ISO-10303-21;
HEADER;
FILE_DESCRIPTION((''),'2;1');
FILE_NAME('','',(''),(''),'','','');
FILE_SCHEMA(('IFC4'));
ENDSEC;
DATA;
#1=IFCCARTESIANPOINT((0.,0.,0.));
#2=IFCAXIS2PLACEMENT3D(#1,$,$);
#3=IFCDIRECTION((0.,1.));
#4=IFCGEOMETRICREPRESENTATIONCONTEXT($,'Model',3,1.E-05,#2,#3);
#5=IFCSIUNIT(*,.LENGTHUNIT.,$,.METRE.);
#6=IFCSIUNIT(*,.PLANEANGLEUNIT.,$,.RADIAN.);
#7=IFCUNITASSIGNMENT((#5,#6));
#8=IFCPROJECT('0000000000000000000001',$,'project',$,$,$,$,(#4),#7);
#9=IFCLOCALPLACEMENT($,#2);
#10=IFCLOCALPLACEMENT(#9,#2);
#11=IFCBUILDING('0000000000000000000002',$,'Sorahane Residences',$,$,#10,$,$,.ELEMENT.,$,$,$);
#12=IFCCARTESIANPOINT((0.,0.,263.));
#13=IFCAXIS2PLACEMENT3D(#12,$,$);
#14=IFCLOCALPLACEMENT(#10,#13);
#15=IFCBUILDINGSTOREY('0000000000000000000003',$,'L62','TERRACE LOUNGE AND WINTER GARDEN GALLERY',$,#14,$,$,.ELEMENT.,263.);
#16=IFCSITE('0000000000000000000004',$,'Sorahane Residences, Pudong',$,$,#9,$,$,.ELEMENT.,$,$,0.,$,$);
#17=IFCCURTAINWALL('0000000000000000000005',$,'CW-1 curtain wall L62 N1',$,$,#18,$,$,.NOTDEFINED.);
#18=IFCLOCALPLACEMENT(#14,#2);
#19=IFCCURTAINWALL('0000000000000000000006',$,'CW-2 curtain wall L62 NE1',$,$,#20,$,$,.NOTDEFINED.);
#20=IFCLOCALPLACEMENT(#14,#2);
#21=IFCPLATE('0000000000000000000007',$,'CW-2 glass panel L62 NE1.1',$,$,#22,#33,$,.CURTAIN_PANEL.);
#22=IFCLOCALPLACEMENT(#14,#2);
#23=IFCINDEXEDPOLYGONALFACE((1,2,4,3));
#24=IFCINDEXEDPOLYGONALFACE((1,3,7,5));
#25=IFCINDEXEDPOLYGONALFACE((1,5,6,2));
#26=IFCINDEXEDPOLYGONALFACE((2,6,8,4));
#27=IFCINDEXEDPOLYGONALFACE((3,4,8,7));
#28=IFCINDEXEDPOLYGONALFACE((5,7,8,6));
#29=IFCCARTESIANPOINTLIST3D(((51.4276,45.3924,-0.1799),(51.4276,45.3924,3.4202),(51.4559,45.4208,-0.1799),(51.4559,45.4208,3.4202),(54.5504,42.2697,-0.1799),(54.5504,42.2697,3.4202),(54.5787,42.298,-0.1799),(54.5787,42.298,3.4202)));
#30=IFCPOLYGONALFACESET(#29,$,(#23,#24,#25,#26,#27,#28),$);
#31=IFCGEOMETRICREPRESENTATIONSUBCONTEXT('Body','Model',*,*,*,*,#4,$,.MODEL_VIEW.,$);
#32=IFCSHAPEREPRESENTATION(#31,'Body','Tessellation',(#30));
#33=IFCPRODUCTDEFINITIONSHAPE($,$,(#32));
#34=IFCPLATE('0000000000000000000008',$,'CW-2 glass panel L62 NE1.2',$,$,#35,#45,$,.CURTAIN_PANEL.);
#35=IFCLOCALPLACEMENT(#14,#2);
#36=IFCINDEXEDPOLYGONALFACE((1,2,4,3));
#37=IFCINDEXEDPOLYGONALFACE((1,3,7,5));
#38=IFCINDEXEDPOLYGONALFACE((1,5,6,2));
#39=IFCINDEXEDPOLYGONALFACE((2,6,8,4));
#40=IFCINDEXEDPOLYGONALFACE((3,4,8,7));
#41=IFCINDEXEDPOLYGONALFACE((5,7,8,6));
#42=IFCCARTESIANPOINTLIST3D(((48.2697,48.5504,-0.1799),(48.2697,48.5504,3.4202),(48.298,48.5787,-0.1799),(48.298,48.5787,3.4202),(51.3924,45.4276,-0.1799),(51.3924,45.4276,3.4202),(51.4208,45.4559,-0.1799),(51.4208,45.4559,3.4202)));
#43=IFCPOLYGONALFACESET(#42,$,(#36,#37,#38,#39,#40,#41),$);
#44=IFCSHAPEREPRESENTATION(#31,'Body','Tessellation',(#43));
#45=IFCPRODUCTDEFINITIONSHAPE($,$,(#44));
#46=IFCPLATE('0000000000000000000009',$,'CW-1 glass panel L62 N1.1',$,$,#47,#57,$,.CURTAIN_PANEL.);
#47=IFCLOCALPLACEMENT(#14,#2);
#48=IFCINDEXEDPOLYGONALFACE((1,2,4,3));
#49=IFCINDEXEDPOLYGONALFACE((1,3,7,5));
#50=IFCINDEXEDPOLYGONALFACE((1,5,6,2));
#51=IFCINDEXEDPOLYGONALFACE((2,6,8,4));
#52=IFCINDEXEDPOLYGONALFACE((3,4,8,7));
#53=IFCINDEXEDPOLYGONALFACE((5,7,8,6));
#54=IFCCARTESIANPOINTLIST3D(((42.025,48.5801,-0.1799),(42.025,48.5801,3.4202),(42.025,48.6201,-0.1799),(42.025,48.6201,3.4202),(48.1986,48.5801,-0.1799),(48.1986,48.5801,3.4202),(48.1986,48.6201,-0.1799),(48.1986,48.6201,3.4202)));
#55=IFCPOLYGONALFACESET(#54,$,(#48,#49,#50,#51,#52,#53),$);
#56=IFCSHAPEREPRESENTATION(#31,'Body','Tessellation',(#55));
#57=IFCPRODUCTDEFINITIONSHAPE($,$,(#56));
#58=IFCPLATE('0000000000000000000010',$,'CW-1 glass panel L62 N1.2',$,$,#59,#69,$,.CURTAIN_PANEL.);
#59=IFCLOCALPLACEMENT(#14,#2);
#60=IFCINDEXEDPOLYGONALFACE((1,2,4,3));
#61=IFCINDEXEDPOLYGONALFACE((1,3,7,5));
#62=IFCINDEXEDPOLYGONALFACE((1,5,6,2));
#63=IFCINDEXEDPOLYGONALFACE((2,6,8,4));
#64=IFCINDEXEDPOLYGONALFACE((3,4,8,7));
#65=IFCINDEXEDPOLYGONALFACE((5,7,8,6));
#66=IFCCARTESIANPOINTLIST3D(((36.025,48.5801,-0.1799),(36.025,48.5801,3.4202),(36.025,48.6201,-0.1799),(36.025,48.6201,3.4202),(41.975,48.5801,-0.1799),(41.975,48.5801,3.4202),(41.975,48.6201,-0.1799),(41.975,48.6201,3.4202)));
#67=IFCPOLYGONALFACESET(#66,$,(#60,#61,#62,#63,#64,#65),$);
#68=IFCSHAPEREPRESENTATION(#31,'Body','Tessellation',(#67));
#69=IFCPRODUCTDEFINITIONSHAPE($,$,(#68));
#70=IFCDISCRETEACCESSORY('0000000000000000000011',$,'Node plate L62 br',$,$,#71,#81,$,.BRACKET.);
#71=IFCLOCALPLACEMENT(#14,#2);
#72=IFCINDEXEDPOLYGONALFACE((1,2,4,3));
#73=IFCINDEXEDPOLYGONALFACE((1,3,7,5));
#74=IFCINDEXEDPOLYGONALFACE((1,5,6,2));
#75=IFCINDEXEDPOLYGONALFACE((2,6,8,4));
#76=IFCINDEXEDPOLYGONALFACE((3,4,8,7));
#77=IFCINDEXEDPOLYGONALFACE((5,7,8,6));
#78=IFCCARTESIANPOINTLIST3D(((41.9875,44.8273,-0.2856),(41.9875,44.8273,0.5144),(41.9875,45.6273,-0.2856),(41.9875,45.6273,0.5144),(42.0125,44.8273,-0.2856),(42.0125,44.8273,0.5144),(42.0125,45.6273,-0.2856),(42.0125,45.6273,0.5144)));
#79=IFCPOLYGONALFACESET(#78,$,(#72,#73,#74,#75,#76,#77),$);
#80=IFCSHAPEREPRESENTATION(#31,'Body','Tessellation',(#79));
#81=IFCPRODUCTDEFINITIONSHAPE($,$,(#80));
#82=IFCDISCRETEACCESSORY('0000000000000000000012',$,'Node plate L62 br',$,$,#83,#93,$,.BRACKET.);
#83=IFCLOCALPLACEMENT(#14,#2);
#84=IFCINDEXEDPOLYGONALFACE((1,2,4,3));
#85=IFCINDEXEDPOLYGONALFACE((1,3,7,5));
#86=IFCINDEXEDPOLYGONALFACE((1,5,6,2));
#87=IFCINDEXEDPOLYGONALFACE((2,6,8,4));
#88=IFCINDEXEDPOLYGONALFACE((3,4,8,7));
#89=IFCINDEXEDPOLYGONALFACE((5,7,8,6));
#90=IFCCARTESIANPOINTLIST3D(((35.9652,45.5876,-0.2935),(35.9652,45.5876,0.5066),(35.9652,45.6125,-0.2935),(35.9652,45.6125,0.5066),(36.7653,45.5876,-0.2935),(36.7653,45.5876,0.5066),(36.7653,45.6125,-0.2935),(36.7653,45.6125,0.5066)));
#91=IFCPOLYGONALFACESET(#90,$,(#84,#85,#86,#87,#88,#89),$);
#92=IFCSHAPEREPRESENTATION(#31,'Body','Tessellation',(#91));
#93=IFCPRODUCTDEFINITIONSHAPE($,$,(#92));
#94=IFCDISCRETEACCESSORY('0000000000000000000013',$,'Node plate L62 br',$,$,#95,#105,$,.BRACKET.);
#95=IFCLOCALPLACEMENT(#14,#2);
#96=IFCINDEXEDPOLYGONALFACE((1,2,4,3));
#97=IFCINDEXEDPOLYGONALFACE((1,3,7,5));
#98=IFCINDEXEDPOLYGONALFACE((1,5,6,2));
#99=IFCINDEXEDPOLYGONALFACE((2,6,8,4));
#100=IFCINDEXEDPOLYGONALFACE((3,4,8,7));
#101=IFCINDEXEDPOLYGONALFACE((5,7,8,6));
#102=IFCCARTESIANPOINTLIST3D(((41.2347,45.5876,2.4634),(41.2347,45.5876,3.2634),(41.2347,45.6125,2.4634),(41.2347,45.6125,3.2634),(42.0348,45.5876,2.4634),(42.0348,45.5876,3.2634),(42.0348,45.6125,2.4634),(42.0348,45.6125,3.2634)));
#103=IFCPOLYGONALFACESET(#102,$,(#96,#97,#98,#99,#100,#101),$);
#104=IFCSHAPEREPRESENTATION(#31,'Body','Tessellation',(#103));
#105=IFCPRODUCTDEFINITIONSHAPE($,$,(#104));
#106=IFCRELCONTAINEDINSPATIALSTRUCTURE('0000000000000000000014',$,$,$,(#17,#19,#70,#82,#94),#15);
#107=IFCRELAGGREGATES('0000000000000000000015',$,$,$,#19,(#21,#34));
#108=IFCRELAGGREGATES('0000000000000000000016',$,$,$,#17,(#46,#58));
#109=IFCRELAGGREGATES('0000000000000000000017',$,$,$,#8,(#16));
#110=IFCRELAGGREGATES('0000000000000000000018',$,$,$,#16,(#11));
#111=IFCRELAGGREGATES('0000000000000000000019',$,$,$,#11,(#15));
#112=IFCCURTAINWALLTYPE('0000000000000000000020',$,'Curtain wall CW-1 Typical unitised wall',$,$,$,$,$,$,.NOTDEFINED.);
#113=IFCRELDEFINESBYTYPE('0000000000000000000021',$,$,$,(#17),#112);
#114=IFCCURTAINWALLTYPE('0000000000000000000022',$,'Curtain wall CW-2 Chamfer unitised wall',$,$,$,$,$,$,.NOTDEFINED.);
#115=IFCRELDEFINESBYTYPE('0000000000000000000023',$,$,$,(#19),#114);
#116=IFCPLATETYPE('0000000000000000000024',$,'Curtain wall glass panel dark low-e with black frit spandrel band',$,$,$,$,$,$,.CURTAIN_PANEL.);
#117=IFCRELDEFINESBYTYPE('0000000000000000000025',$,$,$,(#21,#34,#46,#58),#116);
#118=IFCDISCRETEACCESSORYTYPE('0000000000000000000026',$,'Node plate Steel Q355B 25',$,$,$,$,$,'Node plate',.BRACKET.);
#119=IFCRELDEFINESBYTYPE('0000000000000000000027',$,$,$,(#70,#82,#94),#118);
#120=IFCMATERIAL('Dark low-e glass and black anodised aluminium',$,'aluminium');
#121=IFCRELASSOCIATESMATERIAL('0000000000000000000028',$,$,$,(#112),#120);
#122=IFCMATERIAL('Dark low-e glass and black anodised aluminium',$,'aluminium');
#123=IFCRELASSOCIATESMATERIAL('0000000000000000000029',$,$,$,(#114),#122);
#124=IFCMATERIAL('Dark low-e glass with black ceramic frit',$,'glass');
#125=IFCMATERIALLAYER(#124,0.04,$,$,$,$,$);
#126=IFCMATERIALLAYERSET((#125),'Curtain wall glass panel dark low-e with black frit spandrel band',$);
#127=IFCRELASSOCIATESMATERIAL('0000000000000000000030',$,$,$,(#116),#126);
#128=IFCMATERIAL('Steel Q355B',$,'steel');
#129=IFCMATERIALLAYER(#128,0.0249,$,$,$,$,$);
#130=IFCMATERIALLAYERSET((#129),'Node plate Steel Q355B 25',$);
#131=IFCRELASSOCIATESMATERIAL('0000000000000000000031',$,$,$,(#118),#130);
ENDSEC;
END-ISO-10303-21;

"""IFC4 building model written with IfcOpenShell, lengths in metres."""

from ifc_helpers import new_model, si_unit, direction, frame, origin, origin_2d, place, context, subcontext, project, spatial, rectangle, extrude, material, layer, layer_set, type_object, element, aggregate, save


model = new_model("IFC4")

# Units and contexts
model_context = context("Model", 3, precision=1e-05, world=origin(), true_north=direction((0.0, 1.0)))
body_context = subcontext(model_context, "Body", "Model", "MODEL_VIEW")
ifc_project = project(units=[si_unit("LENGTHUNIT", "METRE"), si_unit("PLANEANGLEUNIT", "RADIAN")], contexts=[model_context])

# Site, building, storey
site_placement = place(None, origin())
site = spatial("IfcSite", under=ifc_project, at=site_placement, Name="Sorahane Residences, Pudong", CompositionType="ELEMENT", RefElevation=0.0)
building_placement = place(site_placement, origin())
building = spatial("IfcBuilding", under=site, at=building_placement, Name="Sorahane Residences", CompositionType="ELEMENT")
storey_placement = place(building_placement, frame((0.0, 0.0, 263.0)))
storey = spatial("IfcBuildingStorey", under=building, at=storey_placement, Name="L62", Description="TERRACE LOUNGE AND WINTER GARDEN GALLERY", CompositionType="ELEMENT", Elevation=263.0)

# Curtain wall
ifc_material_1 = material(Name="Dark low-e glass and black anodised aluminium", Category="aluminium")
curtain_wall_type_1 = type_object("IfcCurtainWallType", Name="Curtain wall CW-1 Typical unitised wall", PredefinedType="NOTDEFINED", material=ifc_material_1)
curtain_wall_1_placement = place(storey_placement, origin())
curtain_wall_1 = element("IfcCurtainWall", 1, at=curtain_wall_1_placement, inside=storey, type_object=curtain_wall_type_1, Name="CW-1 curtain wall L62 N1", PredefinedType="NOTDEFINED")

# Curtain wall
ifc_material_2 = material(Name="Dark low-e glass and black anodised aluminium", Category="aluminium")
curtain_wall_type_2 = type_object("IfcCurtainWallType", Name="Curtain wall CW-2 Chamfer unitised wall", PredefinedType="NOTDEFINED", material=ifc_material_2)
curtain_wall_2_placement = place(storey_placement, origin())
curtain_wall_2 = element("IfcCurtainWall", 2, at=curtain_wall_2_placement, inside=storey, type_object=curtain_wall_type_2, Name="CW-2 curtain wall L62 NE1", PredefinedType="NOTDEFINED")

# Plates
ifc_material_3 = material(Name="Dark low-e glass with black ceramic frit", Category="glass")
ifc_layer_1 = layer(ifc_material_3, 0.04)
ifc_layer_set_1 = layer_set([ifc_layer_1], Name="Curtain wall glass panel dark low-e with black frit spandrel band")
plate_type = type_object("IfcPlateType", Name="Curtain wall glass panel dark low-e with black frit spandrel band", PredefinedType="CURTAIN_PANEL", material=ifc_layer_set_1)
plate_1_placement = place(storey_placement, frame((53.0032, 43.8452, -0.1799), z_axis=(0.0, 0.0, 1.0), x_axis=(-0.707107, 0.707107, 0.0)))
plate_1 = element("IfcPlate", 3, at=plate_1_placement, type_object=plate_type, Name="CW-2 glass panel L62 NE1.1", PredefinedType="CURTAIN_PANEL", context=body_context, shape_type="SweptSolid", body=[
    extrude(rectangle(XDim=4.4163, YDim=0.04, at=origin_2d()), origin(), (0.0, 0.0, 1.0), 3.6001),
])
plate_2_placement = place(storey_placement, frame((49.8452, 47.0032, -0.1799), z_axis=(0.0, 0.0, 1.0), x_axis=(-0.707107, 0.707107, 0.0)))
plate_2 = element("IfcPlate", 4, at=plate_2_placement, type_object=plate_type, Name="CW-2 glass panel L62 NE1.2", PredefinedType="CURTAIN_PANEL", context=body_context, shape_type="SweptSolid", body=[
    extrude(rectangle(XDim=4.4163, YDim=0.04, at=origin_2d()), origin(), (0.0, 0.0, 1.0), 3.6001),
])
aggregate(curtain_wall_2, [plate_1, plate_2])
plate_3_placement = place(storey_placement, frame((45.1118, 48.6001, -0.1799), z_axis=(0.0, 0.0, 1.0), x_axis=(-1.0, 0.0, 0.0)))
plate_3 = element("IfcPlate", 5, at=plate_3_placement, type_object=plate_type, Name="CW-1 glass panel L62 N1.1", PredefinedType="CURTAIN_PANEL", context=body_context, shape_type="SweptSolid", body=[
    extrude(rectangle(XDim=6.1736, YDim=0.04, at=origin_2d()), origin(), (0.0, 0.0, 1.0), 3.6001),
])
plate_4_placement = place(storey_placement, frame((39.0, 48.6001, -0.1799), z_axis=(0.0, 0.0, 1.0), x_axis=(-1.0, 0.0, 0.0)))
plate_4 = element("IfcPlate", 6, at=plate_4_placement, type_object=plate_type, Name="CW-1 glass panel L62 N1.2", PredefinedType="CURTAIN_PANEL", context=body_context, shape_type="SweptSolid", body=[
    extrude(rectangle(XDim=5.95, YDim=0.04, at=origin_2d()), origin(), (0.0, 0.0, 1.0), 3.6001),
])
aggregate(curtain_wall_1, [plate_3, plate_4])

# Discrete accessories
ifc_material_4 = material(Name="Steel Q355B", Category="steel")
ifc_layer_2 = layer(ifc_material_4, 0.0249)
ifc_layer_set_2 = layer_set([ifc_layer_2], Name="Node plate Steel Q355B 25")
discrete_accessory_type = type_object("IfcDiscreteAccessoryType", Name="Node plate Steel Q355B 25", ElementType="Node plate", PredefinedType="BRACKET", material=ifc_layer_set_2)
for number, where, z_axis, x_axis, name in (
    (7, (42.0, 45.2273, -0.2856), (0.0, 0.0, 1.0), (0.0, 1.0, 0.0), "Node plate L62 br"),
    (8, (36.3652, 45.6001, -0.2935), (0.0, 0.0, 1.0), (1.0, 0.0, 0.0), "Node plate L62 br"),
    (9, (41.6348, 45.6001, 2.4634), (0.0, 0.0, 1.0), (1.0, 0.0, 0.0), "Node plate L62 br"),
):
    element("IfcDiscreteAccessory", number, at=place(storey_placement, frame(where, z_axis=z_axis, x_axis=x_axis)), inside=storey, type_object=discrete_accessory_type, Name=name, PredefinedType="BRACKET", context=body_context, shape_type="SweptSolid", body=[
        extrude(rectangle(XDim=0.8, YDim=0.0249, at=origin_2d()), origin(), (0.0, 0.0, 1.0), 0.8),
    ])

save(model, "model.ifc")
